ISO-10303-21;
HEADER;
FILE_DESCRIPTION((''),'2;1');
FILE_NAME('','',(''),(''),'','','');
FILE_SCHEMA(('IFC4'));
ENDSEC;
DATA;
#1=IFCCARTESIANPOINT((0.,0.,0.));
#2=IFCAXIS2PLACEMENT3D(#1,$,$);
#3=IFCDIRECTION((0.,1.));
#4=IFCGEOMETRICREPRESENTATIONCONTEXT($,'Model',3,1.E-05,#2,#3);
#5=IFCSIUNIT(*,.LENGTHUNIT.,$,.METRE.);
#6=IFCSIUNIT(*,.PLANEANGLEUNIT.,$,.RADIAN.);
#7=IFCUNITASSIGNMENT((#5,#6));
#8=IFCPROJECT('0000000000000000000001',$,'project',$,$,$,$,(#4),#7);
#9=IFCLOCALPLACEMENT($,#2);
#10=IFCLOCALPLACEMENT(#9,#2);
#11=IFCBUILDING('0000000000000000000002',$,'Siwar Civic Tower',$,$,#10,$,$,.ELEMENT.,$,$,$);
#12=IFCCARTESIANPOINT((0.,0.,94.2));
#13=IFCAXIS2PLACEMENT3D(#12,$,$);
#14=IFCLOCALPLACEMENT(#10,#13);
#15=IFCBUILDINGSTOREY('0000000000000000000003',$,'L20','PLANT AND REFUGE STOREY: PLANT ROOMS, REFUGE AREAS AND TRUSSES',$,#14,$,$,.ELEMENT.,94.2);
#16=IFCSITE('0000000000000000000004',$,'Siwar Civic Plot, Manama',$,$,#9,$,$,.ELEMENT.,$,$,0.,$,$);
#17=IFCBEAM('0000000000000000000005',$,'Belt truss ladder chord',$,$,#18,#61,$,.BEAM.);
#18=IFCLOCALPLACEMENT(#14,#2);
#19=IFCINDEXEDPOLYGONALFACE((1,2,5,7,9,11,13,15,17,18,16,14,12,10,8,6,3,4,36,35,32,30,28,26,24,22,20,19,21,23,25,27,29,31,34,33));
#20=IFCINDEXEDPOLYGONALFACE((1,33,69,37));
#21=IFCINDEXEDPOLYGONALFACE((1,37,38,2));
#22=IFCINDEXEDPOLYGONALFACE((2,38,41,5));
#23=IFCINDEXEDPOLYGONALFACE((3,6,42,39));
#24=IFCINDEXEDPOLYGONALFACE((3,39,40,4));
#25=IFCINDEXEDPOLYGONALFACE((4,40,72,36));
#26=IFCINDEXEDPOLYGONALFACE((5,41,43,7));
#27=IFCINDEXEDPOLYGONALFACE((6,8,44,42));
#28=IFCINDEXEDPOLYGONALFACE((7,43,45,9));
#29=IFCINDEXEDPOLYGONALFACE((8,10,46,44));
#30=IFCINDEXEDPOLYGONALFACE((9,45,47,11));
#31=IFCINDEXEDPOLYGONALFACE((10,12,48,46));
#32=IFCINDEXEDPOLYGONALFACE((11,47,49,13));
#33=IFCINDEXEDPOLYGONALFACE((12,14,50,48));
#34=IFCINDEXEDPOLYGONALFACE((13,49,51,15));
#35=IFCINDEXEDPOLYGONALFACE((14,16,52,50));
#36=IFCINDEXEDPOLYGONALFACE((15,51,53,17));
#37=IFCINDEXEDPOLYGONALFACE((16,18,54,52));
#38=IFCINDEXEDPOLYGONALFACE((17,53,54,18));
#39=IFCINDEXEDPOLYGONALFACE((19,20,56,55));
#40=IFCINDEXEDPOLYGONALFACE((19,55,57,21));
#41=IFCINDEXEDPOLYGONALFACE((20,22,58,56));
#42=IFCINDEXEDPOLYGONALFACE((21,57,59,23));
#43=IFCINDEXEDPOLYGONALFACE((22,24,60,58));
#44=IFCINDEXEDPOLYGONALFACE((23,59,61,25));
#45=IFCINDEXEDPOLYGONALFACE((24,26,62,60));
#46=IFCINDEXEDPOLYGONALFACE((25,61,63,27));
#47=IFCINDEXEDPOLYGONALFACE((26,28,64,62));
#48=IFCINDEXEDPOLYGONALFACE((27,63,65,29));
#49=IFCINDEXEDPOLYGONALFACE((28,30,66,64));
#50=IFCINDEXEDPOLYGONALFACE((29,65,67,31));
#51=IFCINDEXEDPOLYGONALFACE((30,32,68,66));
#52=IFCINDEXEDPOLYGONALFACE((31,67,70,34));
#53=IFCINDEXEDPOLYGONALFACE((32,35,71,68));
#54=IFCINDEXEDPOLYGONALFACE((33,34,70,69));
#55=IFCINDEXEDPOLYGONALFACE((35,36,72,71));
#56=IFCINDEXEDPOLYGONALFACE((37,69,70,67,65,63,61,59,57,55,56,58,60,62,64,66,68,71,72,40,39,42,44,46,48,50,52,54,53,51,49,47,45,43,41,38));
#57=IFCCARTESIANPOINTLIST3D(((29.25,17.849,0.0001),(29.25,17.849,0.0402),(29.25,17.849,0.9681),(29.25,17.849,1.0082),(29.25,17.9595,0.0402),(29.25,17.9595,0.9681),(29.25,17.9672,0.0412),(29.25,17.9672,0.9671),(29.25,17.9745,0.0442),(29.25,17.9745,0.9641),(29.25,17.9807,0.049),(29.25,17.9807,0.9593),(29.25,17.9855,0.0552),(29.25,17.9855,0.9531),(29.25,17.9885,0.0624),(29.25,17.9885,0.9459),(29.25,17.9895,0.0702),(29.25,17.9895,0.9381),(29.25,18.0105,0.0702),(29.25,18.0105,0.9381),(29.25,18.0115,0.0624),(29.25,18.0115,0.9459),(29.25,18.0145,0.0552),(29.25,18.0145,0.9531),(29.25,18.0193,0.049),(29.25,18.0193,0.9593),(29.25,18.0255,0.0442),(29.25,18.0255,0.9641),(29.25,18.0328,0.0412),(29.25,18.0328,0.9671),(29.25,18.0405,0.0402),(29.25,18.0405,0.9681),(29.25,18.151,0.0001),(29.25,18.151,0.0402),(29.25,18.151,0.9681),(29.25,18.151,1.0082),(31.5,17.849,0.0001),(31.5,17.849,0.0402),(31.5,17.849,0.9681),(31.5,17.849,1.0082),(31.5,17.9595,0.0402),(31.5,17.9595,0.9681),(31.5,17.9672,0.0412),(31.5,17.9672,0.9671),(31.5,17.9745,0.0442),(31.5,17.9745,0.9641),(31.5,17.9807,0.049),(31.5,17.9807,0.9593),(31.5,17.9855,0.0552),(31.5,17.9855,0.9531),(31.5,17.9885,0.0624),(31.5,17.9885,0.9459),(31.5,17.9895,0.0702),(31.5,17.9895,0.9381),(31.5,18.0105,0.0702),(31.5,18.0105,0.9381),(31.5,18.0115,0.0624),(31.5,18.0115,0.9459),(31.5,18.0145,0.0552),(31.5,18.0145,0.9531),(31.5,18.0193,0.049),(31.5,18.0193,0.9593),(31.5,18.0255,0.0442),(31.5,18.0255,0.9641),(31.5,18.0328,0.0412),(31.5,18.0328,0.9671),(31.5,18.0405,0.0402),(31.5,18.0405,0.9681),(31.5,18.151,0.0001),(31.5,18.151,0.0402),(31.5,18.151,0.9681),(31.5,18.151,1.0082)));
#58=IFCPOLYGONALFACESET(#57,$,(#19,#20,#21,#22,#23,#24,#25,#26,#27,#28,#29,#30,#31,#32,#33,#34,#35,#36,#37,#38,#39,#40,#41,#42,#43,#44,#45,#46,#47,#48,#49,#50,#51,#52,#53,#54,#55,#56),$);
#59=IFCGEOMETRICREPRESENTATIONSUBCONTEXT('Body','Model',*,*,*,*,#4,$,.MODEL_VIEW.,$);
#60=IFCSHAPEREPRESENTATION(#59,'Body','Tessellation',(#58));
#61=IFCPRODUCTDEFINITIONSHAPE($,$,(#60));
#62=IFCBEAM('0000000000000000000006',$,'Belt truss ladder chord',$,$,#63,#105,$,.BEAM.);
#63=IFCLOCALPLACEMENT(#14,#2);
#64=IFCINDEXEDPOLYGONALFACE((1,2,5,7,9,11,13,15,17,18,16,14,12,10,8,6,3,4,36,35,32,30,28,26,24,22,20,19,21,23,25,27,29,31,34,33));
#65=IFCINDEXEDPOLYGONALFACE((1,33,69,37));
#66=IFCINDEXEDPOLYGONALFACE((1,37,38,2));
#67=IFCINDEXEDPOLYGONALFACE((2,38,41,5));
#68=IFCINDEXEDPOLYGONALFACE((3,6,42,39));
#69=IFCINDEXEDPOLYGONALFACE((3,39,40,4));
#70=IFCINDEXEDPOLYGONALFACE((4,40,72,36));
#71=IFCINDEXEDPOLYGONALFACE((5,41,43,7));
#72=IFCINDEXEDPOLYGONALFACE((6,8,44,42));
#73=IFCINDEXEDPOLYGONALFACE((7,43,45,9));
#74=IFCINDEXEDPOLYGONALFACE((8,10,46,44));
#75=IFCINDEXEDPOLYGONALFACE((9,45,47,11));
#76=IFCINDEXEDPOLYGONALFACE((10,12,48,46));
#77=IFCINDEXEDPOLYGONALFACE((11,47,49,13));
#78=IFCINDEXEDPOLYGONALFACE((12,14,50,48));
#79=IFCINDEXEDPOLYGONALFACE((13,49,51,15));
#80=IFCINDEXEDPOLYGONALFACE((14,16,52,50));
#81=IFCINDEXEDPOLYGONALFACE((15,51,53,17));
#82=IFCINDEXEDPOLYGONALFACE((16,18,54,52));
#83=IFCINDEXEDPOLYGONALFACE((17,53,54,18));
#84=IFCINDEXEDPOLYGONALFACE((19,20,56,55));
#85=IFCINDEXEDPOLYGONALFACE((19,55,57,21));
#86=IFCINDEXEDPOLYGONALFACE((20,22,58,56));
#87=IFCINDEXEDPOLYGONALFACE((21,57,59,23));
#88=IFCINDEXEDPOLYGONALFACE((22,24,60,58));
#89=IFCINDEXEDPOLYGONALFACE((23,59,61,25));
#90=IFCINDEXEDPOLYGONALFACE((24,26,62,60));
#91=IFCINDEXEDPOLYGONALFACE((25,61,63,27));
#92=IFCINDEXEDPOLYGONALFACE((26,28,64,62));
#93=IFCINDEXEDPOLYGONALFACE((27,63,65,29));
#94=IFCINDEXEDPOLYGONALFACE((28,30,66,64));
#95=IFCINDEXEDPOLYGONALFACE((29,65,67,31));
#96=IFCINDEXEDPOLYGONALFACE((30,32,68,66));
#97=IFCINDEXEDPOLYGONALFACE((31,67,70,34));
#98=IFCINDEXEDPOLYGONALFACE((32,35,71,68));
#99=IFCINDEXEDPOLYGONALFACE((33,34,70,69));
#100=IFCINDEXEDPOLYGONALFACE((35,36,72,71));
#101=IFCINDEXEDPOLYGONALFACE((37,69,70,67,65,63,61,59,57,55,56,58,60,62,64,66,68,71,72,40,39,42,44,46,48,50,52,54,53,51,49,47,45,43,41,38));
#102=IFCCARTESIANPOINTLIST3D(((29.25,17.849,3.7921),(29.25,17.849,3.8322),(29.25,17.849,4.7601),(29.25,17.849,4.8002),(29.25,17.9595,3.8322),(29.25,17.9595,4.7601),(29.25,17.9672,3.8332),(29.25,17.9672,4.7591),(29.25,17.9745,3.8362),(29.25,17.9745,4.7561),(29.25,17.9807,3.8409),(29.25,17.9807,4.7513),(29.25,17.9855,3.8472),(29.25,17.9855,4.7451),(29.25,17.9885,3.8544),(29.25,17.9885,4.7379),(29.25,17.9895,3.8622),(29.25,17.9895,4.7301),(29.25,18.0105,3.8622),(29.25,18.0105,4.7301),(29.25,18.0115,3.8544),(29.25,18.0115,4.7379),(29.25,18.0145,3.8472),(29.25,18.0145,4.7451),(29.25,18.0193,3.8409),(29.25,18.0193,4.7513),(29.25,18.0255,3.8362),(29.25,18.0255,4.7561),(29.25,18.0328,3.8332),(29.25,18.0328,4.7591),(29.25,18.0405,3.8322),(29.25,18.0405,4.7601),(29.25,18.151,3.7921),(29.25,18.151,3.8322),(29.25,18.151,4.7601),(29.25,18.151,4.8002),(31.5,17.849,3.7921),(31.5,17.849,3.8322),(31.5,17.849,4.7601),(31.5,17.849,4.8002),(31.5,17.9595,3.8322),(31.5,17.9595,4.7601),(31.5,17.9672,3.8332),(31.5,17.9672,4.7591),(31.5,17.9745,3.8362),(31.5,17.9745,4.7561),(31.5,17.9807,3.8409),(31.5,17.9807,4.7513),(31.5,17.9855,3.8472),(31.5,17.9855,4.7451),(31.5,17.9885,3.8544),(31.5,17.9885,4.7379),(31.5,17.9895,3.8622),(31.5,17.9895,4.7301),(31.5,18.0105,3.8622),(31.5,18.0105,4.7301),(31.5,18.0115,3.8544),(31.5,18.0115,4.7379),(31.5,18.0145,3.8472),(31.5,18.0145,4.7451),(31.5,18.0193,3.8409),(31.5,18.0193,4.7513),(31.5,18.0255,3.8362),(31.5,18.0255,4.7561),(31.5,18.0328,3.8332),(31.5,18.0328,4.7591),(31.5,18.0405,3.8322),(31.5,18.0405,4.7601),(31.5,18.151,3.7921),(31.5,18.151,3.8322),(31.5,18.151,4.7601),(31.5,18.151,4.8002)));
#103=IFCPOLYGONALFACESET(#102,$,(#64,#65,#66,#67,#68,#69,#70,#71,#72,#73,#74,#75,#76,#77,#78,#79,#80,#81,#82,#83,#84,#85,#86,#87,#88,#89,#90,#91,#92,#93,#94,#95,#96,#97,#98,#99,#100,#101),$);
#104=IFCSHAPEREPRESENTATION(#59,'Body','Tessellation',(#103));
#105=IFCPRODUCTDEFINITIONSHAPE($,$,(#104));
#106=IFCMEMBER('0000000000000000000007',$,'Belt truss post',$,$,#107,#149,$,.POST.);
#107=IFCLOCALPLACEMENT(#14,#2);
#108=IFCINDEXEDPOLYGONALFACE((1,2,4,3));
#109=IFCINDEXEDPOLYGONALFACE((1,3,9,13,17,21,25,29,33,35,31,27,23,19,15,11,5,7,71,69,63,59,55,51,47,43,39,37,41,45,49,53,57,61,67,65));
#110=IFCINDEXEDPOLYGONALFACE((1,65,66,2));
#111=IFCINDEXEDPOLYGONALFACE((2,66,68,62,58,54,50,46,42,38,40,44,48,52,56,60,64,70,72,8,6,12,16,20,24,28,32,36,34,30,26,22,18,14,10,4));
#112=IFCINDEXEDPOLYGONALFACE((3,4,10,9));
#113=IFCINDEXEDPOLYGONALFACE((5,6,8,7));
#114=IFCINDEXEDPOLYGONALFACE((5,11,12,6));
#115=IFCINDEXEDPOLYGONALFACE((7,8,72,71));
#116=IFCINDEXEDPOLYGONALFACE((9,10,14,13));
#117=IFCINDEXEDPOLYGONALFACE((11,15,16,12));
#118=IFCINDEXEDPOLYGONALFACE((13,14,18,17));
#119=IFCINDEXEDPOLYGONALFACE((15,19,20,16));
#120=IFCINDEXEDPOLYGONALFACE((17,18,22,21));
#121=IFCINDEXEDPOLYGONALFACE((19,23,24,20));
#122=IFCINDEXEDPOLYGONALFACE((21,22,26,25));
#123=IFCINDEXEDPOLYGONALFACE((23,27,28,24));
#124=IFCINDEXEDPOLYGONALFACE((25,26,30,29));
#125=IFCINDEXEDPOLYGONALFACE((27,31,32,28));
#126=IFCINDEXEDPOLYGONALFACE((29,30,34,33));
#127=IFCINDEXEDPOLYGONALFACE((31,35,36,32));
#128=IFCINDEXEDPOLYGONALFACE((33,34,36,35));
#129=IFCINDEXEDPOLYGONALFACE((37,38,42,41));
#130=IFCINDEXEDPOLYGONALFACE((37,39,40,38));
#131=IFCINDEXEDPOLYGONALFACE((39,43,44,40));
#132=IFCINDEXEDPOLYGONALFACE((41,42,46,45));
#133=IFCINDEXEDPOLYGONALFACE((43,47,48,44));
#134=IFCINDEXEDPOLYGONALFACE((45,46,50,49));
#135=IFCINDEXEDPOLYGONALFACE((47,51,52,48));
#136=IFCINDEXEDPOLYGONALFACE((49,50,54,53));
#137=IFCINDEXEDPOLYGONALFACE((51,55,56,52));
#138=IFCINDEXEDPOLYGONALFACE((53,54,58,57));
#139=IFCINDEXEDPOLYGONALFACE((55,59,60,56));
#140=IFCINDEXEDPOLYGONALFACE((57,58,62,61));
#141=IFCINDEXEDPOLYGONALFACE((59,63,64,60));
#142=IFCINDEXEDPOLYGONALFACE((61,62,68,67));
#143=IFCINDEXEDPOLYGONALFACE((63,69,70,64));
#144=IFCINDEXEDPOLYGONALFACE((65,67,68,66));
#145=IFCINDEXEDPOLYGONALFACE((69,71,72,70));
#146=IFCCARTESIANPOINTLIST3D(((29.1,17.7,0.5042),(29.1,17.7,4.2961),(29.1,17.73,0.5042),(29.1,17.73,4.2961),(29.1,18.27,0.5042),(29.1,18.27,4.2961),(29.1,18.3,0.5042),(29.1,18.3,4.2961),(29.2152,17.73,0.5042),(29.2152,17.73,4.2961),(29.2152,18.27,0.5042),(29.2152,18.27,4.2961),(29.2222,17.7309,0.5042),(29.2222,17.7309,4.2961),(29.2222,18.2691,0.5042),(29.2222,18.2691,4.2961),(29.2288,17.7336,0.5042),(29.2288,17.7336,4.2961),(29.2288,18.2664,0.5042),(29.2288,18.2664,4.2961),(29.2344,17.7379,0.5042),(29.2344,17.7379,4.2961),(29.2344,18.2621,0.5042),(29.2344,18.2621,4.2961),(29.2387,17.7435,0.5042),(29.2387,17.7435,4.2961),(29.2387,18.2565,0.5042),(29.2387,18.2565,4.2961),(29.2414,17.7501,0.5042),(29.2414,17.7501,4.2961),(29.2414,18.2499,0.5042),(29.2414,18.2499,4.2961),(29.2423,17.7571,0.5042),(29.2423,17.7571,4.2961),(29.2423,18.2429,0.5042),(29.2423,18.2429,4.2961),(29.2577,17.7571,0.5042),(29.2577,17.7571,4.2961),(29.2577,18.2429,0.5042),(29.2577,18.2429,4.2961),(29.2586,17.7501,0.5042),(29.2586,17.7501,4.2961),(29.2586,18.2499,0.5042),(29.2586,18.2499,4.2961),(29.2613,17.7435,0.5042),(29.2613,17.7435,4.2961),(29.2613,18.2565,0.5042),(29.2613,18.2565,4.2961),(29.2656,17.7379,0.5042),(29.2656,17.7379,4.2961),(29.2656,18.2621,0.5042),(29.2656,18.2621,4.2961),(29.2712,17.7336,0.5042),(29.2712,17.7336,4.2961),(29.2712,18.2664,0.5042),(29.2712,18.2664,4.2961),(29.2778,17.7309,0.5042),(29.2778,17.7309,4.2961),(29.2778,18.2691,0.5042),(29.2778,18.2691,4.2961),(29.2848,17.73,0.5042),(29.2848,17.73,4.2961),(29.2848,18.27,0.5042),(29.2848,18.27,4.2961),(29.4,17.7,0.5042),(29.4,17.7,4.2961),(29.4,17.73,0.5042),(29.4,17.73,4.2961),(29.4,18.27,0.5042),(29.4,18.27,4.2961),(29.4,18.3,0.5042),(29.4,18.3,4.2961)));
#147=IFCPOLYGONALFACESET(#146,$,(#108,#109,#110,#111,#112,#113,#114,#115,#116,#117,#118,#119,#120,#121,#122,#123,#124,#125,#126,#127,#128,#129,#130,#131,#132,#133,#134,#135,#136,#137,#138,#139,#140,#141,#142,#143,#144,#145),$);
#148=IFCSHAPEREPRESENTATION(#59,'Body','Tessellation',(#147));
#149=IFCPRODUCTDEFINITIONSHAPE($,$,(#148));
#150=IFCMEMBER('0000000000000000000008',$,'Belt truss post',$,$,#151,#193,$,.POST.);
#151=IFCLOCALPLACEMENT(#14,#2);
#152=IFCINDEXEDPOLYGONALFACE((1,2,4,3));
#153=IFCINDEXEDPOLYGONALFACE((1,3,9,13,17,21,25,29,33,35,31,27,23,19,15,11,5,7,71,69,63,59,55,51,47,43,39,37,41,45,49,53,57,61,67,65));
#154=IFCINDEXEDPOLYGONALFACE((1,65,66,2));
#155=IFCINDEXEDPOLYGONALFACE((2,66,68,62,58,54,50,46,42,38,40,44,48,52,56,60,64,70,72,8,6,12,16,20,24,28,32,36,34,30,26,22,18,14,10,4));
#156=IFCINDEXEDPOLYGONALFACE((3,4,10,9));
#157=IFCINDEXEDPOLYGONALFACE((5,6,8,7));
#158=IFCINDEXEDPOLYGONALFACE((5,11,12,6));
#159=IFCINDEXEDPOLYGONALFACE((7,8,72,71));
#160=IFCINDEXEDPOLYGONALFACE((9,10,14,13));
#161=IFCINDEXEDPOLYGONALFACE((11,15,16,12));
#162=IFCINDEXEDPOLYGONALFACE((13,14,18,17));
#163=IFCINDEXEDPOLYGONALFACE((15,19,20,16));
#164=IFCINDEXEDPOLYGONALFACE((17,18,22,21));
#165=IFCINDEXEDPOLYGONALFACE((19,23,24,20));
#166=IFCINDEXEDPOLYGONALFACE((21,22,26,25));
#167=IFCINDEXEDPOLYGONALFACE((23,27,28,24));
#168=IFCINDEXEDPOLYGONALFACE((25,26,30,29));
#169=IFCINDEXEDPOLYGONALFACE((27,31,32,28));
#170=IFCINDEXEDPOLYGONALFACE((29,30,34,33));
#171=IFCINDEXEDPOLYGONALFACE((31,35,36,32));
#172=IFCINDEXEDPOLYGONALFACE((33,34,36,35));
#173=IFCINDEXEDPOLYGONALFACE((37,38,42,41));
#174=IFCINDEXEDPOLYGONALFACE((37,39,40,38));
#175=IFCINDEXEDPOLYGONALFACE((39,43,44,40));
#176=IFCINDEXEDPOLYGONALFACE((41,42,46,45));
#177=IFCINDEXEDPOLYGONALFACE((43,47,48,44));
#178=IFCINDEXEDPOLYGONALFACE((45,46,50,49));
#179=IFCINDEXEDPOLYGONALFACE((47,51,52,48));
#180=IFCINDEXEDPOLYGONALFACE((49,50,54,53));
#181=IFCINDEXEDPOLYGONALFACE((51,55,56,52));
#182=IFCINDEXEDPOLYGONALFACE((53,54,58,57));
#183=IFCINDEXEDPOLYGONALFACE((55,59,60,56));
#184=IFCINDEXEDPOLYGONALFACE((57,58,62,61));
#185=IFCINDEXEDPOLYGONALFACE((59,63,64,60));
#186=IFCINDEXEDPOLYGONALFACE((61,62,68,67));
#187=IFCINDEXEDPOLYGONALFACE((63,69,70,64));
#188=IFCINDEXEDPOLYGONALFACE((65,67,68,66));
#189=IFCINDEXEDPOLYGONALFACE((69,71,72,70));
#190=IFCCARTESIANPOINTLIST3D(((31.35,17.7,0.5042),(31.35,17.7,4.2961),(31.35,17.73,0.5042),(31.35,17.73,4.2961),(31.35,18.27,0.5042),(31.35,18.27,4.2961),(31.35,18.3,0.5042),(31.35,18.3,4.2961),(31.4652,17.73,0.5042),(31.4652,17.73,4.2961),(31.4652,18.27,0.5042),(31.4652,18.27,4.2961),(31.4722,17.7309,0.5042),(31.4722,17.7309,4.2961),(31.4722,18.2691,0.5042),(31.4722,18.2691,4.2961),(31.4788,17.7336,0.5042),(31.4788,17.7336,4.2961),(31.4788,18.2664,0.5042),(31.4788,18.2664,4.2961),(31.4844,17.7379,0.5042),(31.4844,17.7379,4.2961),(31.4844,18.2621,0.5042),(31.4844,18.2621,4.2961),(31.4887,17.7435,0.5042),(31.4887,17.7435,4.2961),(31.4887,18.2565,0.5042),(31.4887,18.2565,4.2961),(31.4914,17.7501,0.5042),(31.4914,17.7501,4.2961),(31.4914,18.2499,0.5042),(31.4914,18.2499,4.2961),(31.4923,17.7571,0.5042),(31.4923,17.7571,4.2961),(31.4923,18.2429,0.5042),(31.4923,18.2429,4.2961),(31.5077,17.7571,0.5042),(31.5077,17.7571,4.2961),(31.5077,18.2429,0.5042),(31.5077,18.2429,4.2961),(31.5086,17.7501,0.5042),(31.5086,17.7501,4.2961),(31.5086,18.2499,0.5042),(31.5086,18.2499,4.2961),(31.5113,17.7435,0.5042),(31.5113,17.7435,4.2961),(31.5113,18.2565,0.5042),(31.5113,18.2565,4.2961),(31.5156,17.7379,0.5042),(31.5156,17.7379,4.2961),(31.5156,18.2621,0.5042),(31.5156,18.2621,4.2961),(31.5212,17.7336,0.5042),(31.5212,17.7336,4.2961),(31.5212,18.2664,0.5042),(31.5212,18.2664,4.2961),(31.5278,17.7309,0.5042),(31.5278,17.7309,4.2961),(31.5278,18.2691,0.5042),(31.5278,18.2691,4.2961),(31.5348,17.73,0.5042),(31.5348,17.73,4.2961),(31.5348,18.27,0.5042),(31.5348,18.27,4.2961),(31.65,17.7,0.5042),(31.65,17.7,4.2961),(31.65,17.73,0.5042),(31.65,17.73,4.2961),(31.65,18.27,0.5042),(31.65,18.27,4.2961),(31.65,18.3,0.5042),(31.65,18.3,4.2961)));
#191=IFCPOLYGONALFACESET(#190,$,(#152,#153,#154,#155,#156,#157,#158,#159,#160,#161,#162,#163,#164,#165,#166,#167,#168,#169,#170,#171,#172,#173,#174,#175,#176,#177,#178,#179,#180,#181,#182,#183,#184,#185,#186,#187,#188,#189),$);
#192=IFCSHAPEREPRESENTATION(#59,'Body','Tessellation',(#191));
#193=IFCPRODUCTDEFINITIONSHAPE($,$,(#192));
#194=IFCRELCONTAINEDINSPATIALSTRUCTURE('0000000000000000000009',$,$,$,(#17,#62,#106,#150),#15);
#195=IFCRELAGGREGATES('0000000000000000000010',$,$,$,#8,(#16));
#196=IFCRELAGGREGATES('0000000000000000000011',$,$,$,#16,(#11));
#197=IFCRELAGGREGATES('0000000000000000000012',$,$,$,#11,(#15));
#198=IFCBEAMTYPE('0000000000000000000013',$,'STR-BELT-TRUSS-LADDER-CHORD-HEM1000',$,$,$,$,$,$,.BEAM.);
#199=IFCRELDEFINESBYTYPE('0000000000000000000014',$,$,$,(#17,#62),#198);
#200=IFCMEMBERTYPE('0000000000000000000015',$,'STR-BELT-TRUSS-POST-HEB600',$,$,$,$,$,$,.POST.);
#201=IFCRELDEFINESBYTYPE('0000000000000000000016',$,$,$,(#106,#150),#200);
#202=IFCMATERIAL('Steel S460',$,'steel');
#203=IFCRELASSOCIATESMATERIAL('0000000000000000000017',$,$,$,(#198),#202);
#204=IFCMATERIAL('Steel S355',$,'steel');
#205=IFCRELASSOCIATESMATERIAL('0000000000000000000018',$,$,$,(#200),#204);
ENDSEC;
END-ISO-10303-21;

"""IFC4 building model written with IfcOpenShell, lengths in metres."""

from ifc_helpers import new_model, si_unit, direction, frame, origin, origin_2d, place, context, subcontext, project, spatial, i_section, extrude, material, material_profile, profile_set, type_object, element, save


model = new_model("IFC4")

# Units and contexts
model_context = context("Model", 3, precision=1e-05, world=origin(), true_north=direction((0.0, 1.0)))
body_context = subcontext(model_context, "Body", "Model", "MODEL_VIEW")
ifc_project = project(units=[si_unit("LENGTHUNIT", "METRE"), si_unit("PLANEANGLEUNIT", "RADIAN")], contexts=[model_context])

# Site, building, storey
site_placement = place(None, origin())
site = spatial("IfcSite", under=ifc_project, at=site_placement, Name="Siwar Civic Plot, Manama", CompositionType="ELEMENT", RefElevation=0.0)
building_placement = place(site_placement, origin())
building = spatial("IfcBuilding", under=site, at=building_placement, Name="Siwar Civic Tower", CompositionType="ELEMENT")
storey_placement = place(building_placement, frame((0.0, 0.0, 94.2)))
storey = spatial("IfcBuildingStorey", under=building, at=storey_placement, Name="L20", Description="PLANT AND REFUGE STOREY: PLANT ROOMS, REFUGE AREAS AND TRUSSES", CompositionType="ELEMENT", Elevation=94.2)

# Beams
ifc_material_1 = material(Name="Steel S460", Category="steel")
ifc_material_profile_1 = material_profile(ifc_material_1, i_section(OverallWidth=0.302, OverallDepth=1.0081, WebThickness=0.021, FlangeThickness=0.04, FilletRadius=0.03, at=origin_2d()), Name="HEM1000")
ifc_profile_set_1 = profile_set([ifc_material_profile_1], Name="Steel S460")
beam_type_1 = type_object("IfcBeamType", Name="STR-BELT-TRUSS-LADDER-CHORD-HEM1000", PredefinedType="BEAM", material=ifc_profile_set_1)
for number, where, z_axis, x_axis, name in (
    (1, (29.25, 18.0, 0.5042), (1.0, 0.0, 0.0), (0.0, 1.0, 0.0), "Belt truss ladder chord"),
    (2, (29.25, 18.0, 4.2961), (1.0, 0.0, 0.0), (0.0, 1.0, 0.0), "Belt truss ladder chord"),
):
    element("IfcBeam", number, at=place(storey_placement, frame(where, z_axis=z_axis, x_axis=x_axis)), inside=storey, type_object=beam_type_1, Name=name, PredefinedType="BEAM", context=body_context, shape_type="SweptSolid", body=[
        extrude(i_section(OverallWidth=0.302, OverallDepth=1.0081, WebThickness=0.021, FlangeThickness=0.04, FilletRadius=0.03, at=origin_2d()), origin(), (0.0, 0.0, 1.0), 2.25),
    ])

# Members
ifc_material_2 = material(Name="Steel S355", Category="steel")
ifc_material_profile_2 = material_profile(ifc_material_2, i_section(OverallWidth=0.3, OverallDepth=0.6001, WebThickness=0.0154, FlangeThickness=0.03, FilletRadius=0.0271, at=origin_2d()), Name="HEB600")
ifc_profile_set_2 = profile_set([ifc_material_profile_2], Name="Steel S355")
member_type_1 = type_object("IfcMemberType", Name="STR-BELT-TRUSS-POST-HEB600", PredefinedType="POST", material=ifc_profile_set_2)
for number, where, z_axis, x_axis, name in (
    (3, (29.25, 18.0, 0.5042), (0.0, 0.0, 1.0), (1.0, 0.0, 0.0), "Belt truss post"),
    (4, (31.5, 18.0, 0.5042), (0.0, 0.0, 1.0), (1.0, 0.0, 0.0), "Belt truss post"),
):
    element("IfcMember", number, at=place(storey_placement, frame(where, z_axis=z_axis, x_axis=x_axis)), inside=storey, type_object=member_type_1, Name=name, PredefinedType="POST", context=body_context, shape_type="SweptSolid", body=[
        extrude(i_section(OverallWidth=0.3, OverallDepth=0.6001, WebThickness=0.0154, FlangeThickness=0.03, FilletRadius=0.0271, at=origin_2d()), origin(), (0.0, 0.0, 1.0), 3.792),
    ])

save(model, "model.ifc")
